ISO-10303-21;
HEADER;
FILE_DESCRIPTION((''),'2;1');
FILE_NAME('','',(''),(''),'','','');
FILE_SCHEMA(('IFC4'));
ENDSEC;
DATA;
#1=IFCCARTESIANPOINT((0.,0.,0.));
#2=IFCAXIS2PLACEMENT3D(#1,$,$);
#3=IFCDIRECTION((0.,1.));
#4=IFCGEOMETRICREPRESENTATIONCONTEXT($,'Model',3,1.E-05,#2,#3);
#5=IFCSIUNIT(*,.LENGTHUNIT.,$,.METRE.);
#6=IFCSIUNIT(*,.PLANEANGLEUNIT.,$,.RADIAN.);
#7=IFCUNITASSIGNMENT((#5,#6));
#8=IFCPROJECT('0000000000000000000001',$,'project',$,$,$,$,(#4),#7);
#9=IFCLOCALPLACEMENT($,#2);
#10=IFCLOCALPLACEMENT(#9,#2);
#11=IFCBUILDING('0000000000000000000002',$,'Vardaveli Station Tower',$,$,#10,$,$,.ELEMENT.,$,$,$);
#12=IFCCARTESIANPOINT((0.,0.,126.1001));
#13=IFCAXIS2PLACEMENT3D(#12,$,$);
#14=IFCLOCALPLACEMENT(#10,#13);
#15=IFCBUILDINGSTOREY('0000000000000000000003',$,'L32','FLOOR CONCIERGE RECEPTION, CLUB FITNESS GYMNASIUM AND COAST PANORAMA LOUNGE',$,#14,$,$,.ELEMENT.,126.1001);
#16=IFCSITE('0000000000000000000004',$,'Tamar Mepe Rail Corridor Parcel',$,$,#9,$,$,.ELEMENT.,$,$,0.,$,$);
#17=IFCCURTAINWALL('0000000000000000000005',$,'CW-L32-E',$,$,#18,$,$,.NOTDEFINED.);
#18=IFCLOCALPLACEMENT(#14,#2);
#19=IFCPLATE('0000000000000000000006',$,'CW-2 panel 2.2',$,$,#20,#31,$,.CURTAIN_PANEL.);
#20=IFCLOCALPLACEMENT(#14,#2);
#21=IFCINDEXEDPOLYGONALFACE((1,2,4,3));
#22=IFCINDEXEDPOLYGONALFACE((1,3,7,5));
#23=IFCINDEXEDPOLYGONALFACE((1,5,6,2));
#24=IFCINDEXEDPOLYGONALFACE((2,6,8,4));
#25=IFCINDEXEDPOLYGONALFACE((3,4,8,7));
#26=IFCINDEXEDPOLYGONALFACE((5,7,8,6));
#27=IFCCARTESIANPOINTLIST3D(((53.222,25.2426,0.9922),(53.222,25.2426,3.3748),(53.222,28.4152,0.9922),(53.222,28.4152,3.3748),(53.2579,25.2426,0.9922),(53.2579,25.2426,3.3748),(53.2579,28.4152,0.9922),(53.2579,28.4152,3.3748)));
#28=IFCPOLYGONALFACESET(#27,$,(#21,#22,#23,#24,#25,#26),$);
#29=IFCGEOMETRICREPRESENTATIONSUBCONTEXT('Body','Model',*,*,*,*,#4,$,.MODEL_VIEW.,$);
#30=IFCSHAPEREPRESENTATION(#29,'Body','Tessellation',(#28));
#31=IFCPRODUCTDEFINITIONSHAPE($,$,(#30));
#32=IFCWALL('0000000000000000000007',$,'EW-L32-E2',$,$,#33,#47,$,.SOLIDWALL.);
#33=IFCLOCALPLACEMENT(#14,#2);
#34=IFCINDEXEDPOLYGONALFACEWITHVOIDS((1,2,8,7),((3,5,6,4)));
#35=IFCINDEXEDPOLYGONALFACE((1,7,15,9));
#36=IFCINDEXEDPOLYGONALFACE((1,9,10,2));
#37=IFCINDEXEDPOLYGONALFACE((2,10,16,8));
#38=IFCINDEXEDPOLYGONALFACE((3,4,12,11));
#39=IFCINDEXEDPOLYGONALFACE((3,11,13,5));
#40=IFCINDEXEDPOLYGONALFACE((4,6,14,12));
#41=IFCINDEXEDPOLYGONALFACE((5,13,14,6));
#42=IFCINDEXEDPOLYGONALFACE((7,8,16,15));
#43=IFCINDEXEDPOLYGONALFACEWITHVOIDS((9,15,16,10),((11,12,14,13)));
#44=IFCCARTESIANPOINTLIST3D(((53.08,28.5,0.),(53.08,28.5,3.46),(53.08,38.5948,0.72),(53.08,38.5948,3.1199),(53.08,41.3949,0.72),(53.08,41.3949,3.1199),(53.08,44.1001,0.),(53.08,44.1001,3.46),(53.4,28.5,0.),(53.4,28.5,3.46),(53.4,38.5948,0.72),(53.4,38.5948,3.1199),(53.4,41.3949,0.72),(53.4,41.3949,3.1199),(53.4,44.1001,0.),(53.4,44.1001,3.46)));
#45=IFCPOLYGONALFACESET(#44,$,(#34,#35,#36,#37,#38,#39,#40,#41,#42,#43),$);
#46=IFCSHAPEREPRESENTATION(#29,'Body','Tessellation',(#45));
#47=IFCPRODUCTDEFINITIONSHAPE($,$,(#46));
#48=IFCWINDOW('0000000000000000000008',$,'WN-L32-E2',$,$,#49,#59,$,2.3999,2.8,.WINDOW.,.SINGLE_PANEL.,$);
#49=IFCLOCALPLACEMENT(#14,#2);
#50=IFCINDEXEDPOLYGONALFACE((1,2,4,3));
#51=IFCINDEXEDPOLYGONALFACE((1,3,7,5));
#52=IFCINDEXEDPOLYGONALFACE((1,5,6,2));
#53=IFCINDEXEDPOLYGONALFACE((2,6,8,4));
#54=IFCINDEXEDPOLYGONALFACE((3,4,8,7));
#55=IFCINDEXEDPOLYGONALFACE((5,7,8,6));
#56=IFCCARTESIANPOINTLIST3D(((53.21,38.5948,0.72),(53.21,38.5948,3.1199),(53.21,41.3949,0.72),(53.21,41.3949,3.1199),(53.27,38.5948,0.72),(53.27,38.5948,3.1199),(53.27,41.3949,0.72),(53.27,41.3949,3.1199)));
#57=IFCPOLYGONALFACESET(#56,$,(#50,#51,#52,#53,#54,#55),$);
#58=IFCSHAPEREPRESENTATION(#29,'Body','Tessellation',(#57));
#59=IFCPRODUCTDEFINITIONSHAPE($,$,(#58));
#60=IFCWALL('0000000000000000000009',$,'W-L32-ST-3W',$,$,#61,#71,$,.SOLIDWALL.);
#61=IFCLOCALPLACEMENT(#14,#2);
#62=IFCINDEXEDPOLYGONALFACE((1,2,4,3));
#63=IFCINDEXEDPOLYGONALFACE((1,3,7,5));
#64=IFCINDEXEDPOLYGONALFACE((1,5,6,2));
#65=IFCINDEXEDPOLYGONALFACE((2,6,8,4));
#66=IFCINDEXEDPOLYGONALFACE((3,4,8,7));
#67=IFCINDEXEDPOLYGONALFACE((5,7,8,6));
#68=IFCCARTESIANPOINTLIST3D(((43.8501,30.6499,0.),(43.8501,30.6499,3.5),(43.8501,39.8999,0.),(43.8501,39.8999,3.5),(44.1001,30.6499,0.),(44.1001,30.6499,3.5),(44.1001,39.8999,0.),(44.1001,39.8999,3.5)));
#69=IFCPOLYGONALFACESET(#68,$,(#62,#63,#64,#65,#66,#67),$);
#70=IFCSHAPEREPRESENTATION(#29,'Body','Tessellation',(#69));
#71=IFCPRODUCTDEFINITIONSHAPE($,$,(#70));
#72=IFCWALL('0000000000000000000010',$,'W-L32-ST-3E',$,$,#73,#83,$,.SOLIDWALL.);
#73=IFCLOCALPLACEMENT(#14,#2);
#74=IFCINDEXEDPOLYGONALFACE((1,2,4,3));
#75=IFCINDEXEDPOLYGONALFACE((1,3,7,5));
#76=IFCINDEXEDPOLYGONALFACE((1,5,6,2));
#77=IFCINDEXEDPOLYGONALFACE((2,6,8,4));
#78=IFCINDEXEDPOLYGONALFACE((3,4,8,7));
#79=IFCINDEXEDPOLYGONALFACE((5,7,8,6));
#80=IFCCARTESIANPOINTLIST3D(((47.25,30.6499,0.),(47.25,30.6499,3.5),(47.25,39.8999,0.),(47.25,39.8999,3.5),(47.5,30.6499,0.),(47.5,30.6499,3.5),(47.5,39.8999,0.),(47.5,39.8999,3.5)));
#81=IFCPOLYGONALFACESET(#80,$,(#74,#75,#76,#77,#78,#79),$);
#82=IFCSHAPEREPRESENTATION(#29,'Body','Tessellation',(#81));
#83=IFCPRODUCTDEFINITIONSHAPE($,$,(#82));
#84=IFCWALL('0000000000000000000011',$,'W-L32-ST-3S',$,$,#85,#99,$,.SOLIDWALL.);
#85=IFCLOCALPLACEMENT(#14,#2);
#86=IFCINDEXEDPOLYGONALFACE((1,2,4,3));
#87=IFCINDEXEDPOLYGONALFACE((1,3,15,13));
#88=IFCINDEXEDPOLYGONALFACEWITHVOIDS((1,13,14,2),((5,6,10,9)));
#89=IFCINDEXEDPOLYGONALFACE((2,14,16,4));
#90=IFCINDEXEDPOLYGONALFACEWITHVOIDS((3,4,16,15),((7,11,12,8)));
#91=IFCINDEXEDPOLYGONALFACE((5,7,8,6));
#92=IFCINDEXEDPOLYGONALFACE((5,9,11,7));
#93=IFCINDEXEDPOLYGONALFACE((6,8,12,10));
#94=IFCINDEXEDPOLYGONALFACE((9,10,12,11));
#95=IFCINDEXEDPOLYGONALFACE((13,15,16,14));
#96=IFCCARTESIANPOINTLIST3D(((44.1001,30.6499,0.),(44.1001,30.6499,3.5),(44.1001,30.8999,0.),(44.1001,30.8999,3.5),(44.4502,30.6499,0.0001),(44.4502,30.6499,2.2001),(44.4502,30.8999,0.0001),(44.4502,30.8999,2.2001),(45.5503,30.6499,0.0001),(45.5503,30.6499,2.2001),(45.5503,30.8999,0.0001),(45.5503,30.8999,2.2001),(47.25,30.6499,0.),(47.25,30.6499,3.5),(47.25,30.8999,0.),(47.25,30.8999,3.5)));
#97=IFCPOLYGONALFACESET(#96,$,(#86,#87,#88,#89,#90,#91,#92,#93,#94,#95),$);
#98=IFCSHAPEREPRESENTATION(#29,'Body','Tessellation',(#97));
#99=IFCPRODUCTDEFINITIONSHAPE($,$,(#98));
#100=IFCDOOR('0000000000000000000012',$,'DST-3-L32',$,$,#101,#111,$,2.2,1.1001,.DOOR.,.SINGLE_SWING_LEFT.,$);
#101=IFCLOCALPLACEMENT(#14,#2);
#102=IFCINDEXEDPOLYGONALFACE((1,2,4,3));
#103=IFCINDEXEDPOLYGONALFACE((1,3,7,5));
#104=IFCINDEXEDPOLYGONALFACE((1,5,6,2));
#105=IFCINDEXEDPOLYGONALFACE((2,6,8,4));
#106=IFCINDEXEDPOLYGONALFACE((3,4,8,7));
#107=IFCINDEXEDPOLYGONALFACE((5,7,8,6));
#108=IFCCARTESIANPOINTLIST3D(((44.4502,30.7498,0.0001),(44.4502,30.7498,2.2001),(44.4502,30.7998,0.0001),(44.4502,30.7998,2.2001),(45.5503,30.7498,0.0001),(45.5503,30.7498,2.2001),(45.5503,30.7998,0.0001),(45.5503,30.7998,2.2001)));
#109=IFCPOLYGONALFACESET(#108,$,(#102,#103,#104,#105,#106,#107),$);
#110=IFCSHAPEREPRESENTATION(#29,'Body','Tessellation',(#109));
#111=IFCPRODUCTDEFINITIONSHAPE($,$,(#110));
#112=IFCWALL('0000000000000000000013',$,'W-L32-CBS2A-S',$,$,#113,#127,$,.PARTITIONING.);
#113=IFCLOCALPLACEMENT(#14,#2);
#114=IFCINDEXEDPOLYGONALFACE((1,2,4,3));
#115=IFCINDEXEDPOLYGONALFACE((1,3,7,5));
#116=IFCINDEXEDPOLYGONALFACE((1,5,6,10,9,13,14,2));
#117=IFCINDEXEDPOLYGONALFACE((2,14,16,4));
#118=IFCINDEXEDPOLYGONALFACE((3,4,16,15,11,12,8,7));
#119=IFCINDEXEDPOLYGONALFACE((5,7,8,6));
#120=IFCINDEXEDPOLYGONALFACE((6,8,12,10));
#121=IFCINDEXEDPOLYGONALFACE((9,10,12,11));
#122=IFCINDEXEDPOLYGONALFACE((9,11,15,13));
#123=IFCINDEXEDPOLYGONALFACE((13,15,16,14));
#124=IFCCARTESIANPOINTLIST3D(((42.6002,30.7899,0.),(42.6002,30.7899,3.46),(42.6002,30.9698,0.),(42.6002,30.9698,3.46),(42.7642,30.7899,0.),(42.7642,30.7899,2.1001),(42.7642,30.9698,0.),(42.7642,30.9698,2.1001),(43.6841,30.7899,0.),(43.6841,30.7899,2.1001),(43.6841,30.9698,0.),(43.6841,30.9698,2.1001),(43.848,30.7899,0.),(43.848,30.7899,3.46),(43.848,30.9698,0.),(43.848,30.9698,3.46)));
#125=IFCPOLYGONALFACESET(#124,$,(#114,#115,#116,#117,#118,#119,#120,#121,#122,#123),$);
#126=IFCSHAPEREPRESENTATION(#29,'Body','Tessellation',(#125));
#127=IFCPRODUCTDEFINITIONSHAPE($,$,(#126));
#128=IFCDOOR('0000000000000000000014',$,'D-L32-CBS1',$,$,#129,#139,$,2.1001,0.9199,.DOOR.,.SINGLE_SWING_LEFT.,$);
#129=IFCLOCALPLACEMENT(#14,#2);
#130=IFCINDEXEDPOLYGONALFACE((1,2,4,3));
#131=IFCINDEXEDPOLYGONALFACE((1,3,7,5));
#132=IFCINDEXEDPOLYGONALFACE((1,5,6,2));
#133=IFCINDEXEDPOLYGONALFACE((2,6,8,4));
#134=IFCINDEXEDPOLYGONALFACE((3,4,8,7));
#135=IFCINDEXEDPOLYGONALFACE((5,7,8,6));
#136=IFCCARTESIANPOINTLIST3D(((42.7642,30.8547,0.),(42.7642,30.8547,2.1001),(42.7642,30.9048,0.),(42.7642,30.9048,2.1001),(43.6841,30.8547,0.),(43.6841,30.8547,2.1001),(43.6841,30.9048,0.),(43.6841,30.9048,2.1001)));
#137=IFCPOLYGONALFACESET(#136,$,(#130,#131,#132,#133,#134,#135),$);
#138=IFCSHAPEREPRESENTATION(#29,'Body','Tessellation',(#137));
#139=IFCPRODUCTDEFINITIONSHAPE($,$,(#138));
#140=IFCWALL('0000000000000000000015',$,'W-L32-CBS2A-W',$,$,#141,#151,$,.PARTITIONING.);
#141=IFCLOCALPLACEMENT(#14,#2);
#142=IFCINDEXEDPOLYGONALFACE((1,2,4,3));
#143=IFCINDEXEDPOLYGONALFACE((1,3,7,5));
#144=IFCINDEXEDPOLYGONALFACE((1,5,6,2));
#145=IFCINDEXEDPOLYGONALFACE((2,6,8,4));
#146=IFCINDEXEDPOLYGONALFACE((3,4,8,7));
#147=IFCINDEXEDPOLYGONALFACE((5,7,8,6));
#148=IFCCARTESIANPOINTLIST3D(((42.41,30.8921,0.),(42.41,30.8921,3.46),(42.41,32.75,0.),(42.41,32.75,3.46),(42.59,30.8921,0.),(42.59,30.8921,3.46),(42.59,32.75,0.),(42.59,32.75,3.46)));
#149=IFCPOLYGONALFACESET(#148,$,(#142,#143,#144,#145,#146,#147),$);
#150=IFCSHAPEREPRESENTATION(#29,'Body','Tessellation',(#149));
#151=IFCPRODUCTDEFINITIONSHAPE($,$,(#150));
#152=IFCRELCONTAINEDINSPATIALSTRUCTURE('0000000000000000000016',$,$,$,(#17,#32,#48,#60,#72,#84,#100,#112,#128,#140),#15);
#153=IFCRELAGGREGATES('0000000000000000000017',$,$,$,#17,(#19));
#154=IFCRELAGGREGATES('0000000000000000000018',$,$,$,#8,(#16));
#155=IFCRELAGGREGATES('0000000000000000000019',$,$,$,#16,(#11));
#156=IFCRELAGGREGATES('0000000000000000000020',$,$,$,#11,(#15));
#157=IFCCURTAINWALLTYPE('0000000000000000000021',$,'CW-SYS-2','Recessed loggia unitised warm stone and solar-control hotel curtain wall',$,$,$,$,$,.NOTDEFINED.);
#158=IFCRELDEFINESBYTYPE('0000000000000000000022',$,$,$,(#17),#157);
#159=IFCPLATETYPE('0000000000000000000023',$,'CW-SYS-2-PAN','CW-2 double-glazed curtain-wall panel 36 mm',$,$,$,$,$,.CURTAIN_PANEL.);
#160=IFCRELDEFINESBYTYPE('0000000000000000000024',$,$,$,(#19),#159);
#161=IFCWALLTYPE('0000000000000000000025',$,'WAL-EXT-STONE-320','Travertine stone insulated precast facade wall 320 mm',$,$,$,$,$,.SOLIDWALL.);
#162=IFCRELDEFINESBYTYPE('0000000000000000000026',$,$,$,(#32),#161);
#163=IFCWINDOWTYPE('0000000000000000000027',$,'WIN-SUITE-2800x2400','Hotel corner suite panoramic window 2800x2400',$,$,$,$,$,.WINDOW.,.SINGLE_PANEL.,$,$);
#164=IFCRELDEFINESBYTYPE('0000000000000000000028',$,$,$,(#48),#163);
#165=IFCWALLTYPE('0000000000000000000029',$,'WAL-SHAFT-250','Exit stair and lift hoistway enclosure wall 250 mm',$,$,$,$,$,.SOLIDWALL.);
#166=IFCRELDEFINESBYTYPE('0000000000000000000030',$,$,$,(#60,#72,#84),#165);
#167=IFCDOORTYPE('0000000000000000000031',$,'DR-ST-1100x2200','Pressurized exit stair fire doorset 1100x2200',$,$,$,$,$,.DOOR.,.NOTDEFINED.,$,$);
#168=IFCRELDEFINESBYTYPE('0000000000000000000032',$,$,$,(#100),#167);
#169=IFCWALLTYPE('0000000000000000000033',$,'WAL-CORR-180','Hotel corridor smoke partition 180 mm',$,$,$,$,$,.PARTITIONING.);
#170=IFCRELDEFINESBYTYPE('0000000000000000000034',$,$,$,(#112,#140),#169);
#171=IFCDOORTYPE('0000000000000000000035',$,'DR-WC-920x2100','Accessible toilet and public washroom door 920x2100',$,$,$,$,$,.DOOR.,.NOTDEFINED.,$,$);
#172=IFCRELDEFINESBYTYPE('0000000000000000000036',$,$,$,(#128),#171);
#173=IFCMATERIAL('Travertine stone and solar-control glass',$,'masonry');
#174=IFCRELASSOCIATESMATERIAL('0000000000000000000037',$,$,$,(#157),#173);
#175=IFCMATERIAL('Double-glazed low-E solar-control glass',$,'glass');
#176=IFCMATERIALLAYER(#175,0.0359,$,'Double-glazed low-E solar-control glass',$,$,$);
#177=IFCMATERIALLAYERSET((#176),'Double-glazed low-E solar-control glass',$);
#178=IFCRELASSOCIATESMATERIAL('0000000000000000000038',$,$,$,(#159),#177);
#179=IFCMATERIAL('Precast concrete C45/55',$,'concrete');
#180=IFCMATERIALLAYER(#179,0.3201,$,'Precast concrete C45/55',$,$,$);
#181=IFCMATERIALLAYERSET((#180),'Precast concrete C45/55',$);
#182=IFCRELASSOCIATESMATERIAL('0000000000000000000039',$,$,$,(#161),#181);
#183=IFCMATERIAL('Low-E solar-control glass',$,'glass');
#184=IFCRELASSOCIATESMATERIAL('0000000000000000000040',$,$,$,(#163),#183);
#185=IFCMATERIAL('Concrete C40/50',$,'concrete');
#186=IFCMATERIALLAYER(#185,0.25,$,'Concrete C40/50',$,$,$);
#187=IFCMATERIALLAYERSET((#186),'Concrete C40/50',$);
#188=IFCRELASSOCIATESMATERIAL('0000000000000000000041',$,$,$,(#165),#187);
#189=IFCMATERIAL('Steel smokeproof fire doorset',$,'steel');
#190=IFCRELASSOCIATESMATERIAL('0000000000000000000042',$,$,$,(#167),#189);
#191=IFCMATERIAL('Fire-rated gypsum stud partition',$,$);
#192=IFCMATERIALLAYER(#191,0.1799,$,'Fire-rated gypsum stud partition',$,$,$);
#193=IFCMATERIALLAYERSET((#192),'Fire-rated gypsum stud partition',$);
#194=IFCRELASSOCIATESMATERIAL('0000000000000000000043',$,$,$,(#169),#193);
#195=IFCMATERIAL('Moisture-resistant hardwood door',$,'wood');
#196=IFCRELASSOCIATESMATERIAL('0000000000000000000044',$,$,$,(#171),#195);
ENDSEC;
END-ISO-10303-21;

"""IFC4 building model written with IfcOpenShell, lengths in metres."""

from ifc_helpers import new_model, si_unit, direction, frame, frame_2d, origin, origin_2d, place, context, subcontext, project, spatial, rectangle, extrude, source, transform, mapped, material, layer, layer_set, type_object, element, fill, aggregate, save


model = new_model("IFC4")

# Units and contexts
model_context = context("Model", 3, precision=1e-05, world=origin(), true_north=direction((0.0, 1.0)))
body_context = subcontext(model_context, "Body", "Model", "MODEL_VIEW")
ifc_project = project(units=[si_unit("LENGTHUNIT", "METRE"), si_unit("PLANEANGLEUNIT", "RADIAN")], contexts=[model_context])

# Site, building, storey
site_placement = place(None, origin())
site = spatial("IfcSite", under=ifc_project, at=site_placement, Name="Tamar Mepe Rail Corridor Parcel", CompositionType="ELEMENT", RefElevation=0.0)
building_placement = place(site_placement, origin())
building = spatial("IfcBuilding", under=site, at=building_placement, Name="Vardaveli Station Tower", CompositionType="ELEMENT")
storey_placement = place(building_placement, frame((0.0, 0.0, 126.1001)))
storey = spatial("IfcBuildingStorey", under=building, at=storey_placement, Name="L32", Description="FLOOR CONCIERGE RECEPTION, CLUB FITNESS GYMNASIUM AND COAST PANORAMA LOUNGE", CompositionType="ELEMENT", Elevation=126.1001)

# Shared definitions
ifc_material_1 = material(Name="Precast concrete C45/55", Category="concrete")

# Curtain wall, plate
ifc_material_2 = material(Name="Travertine stone and solar-control glass", Category="masonry")
curtain_wall_type = type_object("IfcCurtainWallType", Name="CW-SYS-2", Description="Recessed loggia unitised warm stone and solar-control hotel curtain wall", PredefinedType="NOTDEFINED", material=ifc_material_2)
curtain_wall_placement = place(storey_placement, origin())
curtain_wall = element("IfcCurtainWall", 1, at=curtain_wall_placement, inside=storey, type_object=curtain_wall_type, Name="CW-L32-E", PredefinedType="NOTDEFINED")
ifc_material_3 = material(Name="Double-glazed low-E solar-control glass", Category="glass")
ifc_layer_1 = layer(ifc_material_3, 0.0359, Name="Double-glazed low-E solar-control glass")
ifc_layer_set_1 = layer_set([ifc_layer_1], Name="Double-glazed low-E solar-control glass")
plate_type = type_object("IfcPlateType", Name="CW-SYS-2-PAN", Description="CW-2 double-glazed curtain-wall panel 36 mm", PredefinedType="CURTAIN_PANEL", material=ifc_layer_set_1)
shared_shape_1 = source(origin(), body_context, "Body", "SweptSolid", [
    extrude(rectangle(XDim=3.1726, YDim=0.0359, at=origin_2d()), origin(), (0.0, 0.0, 1.0), 2.3826),
])
plate_placement = place(storey_placement, frame((53.24, 26.8289, 0.9922), z_axis=(0.0, 0.0, 1.0), x_axis=(0.0, 1.0, 0.0)))
plate = element("IfcPlate", 2, at=plate_placement, type_object=plate_type, Name="CW-2 panel 2.2", PredefinedType="CURTAIN_PANEL", context=body_context, shape_type="MappedRepresentation", body=[
    mapped(shared_shape_1, transform((0.0, 0.0, 0.0), scale=1.0)),
])
aggregate(curtain_wall, [plate])

# Wall, opening, window
ifc_layer_2 = layer(ifc_material_1, 0.3201, Name="Precast concrete C45/55")
ifc_layer_set_2 = layer_set([ifc_layer_2], Name="Precast concrete C45/55")
wall_type_1 = type_object("IfcWallType", Name="WAL-EXT-STONE-320", Description="Travertine stone insulated precast facade wall 320 mm", PredefinedType="SOLIDWALL", material=ifc_layer_set_2)
shared_shape_2 = source(origin(), body_context, "Body", "SweptSolid", [
    extrude(rectangle(XDim=15.6001, YDim=0.3201, at=frame_2d((7.8, 0.0))), origin(), (0.0, 0.0, 1.0), 3.46),
])
wall_1_placement = place(storey_placement, frame((53.24, 28.5, 0.0), z_axis=(0.0, 0.0, 1.0), x_axis=(0.0, 1.0, 0.0)))
wall_1 = element("IfcWall", 3, at=wall_1_placement, inside=storey, type_object=wall_type_1, Name="EW-L32-E2", PredefinedType="SOLIDWALL", context=body_context, shape_type="MappedRepresentation", body=[
    mapped(shared_shape_2, transform((0.0, 0.0, 0.0), scale=1.0)),
])
shared_shape_3 = source(origin(), body_context, "Body", "SweptSolid", [
    extrude(rectangle(XDim=2.8, YDim=2.3999, at=frame_2d((1.3999, 1.2))), frame((0.0, 0.1699, 0.0), z_axis=(0.0, -1.0, 0.0), x_axis=(1.0, 0.0, 0.0)), (0.0, 0.0, 1.0), 0.3401),
])
opening_1_placement = place(wall_1_placement, frame((10.095, 0.0, 0.72)))
opening_1 = element("IfcOpeningElement", 4, at=opening_1_placement, cuts=wall_1, PredefinedType="OPENING", context=body_context, shape_type="MappedRepresentation", body=[
    mapped(shared_shape_3, transform((0.0, 0.0, 0.0), scale=1.0)),
])
ifc_material_4 = material(Name="Low-E solar-control glass", Category="glass")
window_type = type_object("IfcWindowType", Name="WIN-SUITE-2800x2400", Description="Hotel corner suite panoramic window 2800x2400", PartitioningType="SINGLE_PANEL", PredefinedType="WINDOW", material=ifc_material_4)
shared_shape_4 = source(origin(), body_context, "Body", "SweptSolid", [
    extrude(rectangle(XDim=2.8, YDim=2.3999, at=frame_2d((1.3999, 1.2))), frame((0.0, 0.03, 0.0), z_axis=(0.0, -1.0, 0.0), x_axis=(1.0, 0.0, 0.0)), (0.0, 0.0, 1.0), 0.0601),
])
window_placement = place(opening_1_placement, origin())
window = element("IfcWindow", 5, at=window_placement, inside=storey, type_object=window_type, Name="WN-L32-E2", OverallHeight=2.3999, OverallWidth=2.8, PartitioningType="SINGLE_PANEL", PredefinedType="WINDOW", context=body_context, shape_type="MappedRepresentation", body=[
    mapped(shared_shape_4, transform((0.0, 0.0, 0.0), scale=1.0)),
])
fill(opening_1, window)

# Walls
ifc_material_5 = material(Name="Concrete C40/50", Category="concrete")
ifc_layer_3 = layer(ifc_material_5, 0.25, Name="Concrete C40/50")
ifc_layer_set_3 = layer_set([ifc_layer_3], Name="Concrete C40/50")
wall_type_2 = type_object("IfcWallType", Name="WAL-SHAFT-250", Description="Exit stair and lift hoistway enclosure wall 250 mm", PredefinedType="SOLIDWALL", material=ifc_layer_set_3)
shared_shape_5 = source(origin(), body_context, "Body", "SweptSolid", [
    extrude(rectangle(XDim=9.25, YDim=0.25, at=frame_2d((4.625, 0.0))), origin(), (0.0, 0.0, 1.0), 3.5),
])
for number, where, z_axis, x_axis, name in (
    (6, (43.9751, 30.6499, 0.0), (0.0, 0.0, 1.0), (0.0, 1.0, 0.0), "W-L32-ST-3W"),
    (7, (47.375, 30.6499, 0.0), (0.0, 0.0, 1.0), (0.0, 1.0, 0.0), "W-L32-ST-3E"),
):
    element("IfcWall", number, at=place(storey_placement, frame(where, z_axis=z_axis, x_axis=x_axis)), inside=storey, type_object=wall_type_2, Name=name, PredefinedType="SOLIDWALL", context=body_context, shape_type="MappedRepresentation", body=[
        mapped(shared_shape_5, transform((0.0, 0.0, 0.0), scale=1.0)),
    ])

# Walls, openings, doors
shared_shape_6 = source(origin(), body_context, "Body", "SweptSolid", [
    extrude(rectangle(XDim=3.1499, YDim=0.25, at=frame_2d((1.575, 0.0))), origin(), (0.0, 0.0, 1.0), 3.5),
])
wall_2_placement = place(storey_placement, frame((44.1001, 30.7749, 0.0), z_axis=(0.0, 0.0, 1.0), x_axis=(1.0, 0.0, 0.0)))
wall_2 = element("IfcWall", 8, at=wall_2_placement, inside=storey, type_object=wall_type_2, Name="W-L32-ST-3S", PredefinedType="SOLIDWALL", context=body_context, shape_type="MappedRepresentation", body=[
    mapped(shared_shape_6, transform((0.0, 0.0, 0.0), scale=1.0)),
])
shared_shape_7 = source(origin(), body_context, "Body", "SweptSolid", [
    extrude(rectangle(XDim=1.1001, YDim=2.2, at=frame_2d((0.55, 1.1001))), frame((0.0, 0.135, 0.0), z_axis=(0.0, -1.0, 0.0), x_axis=(1.0, 0.0, 0.0)), (0.0, 0.0, 1.0), 0.27),
])
opening_2_placement = place(wall_2_placement, frame((0.3501, 0.0, 0.0)))
opening_2 = element("IfcOpeningElement", 9, at=opening_2_placement, cuts=wall_2, PredefinedType="OPENING", context=body_context, shape_type="MappedRepresentation", body=[
    mapped(shared_shape_7, transform((0.0, 0.0, 0.0), scale=1.0)),
])
ifc_material_6 = material(Name="Steel smokeproof fire doorset", Category="steel")
door_type_1 = type_object("IfcDoorType", Name="DR-ST-1100x2200", Description="Pressurized exit stair fire doorset 1100x2200", OperationType="NOTDEFINED", PredefinedType="DOOR", material=ifc_material_6)
shared_shape_8 = source(origin(), body_context, "Body", "SweptSolid", [
    extrude(rectangle(XDim=1.1001, YDim=2.2, at=frame_2d((0.55, 1.1001))), frame((0.0, 0.0249, 0.0), z_axis=(0.0, -1.0, 0.0), x_axis=(1.0, 0.0, 0.0)), (0.0, 0.0, 1.0), 0.05),
])
door_1_placement = place(opening_2_placement, origin())
door_1 = element("IfcDoor", 10, at=door_1_placement, inside=storey, type_object=door_type_1, Name="DST-3-L32", OperationType="SINGLE_SWING_LEFT", OverallHeight=2.2, OverallWidth=1.1001, PredefinedType="DOOR", context=body_context, shape_type="MappedRepresentation", body=[
    mapped(shared_shape_8, transform((0.0, 0.0, 0.0), scale=1.0)),
])
fill(opening_2, door_1)
ifc_material_7 = material(Name="Fire-rated gypsum stud partition")
ifc_layer_4 = layer(ifc_material_7, 0.1799, Name="Fire-rated gypsum stud partition")
ifc_layer_set_4 = layer_set([ifc_layer_4], Name="Fire-rated gypsum stud partition")
wall_type_3 = type_object("IfcWallType", Name="WAL-CORR-180", Description="Hotel corridor smoke partition 180 mm", PredefinedType="PARTITIONING", material=ifc_layer_set_4)
shared_shape_9 = source(origin(), body_context, "Body", "SweptSolid", [
    extrude(rectangle(XDim=1.2478, YDim=0.1799, at=frame_2d((0.624, 0.0))), origin(), (0.0, 0.0, 1.0), 3.46),
])
wall_3_placement = place(storey_placement, frame((42.6001, 30.8799, 0.0), z_axis=(0.0, 0.0, 1.0), x_axis=(1.0, 0.0, 0.0)))
wall_3 = element("IfcWall", 11, at=wall_3_placement, inside=storey, type_object=wall_type_3, Name="W-L32-CBS2A-S", PredefinedType="PARTITIONING", context=body_context, shape_type="MappedRepresentation", body=[
    mapped(shared_shape_9, transform((0.0, 0.0, 0.0), scale=1.0)),
])
shared_shape_10 = source(origin(), body_context, "Body", "SweptSolid", [
    extrude(rectangle(XDim=0.9199, YDim=2.1001, at=frame_2d((0.46, 1.05))), frame((0.0, 0.1001, 0.0), z_axis=(0.0, -1.0, 0.0), x_axis=(1.0, 0.0, 0.0)), (0.0, 0.0, 1.0), 0.2),
])
opening_3_placement = place(wall_3_placement, frame((0.1641, 0.0, 0.0)))
opening_3 = element("IfcOpeningElement", 12, at=opening_3_placement, cuts=wall_3, PredefinedType="OPENING", context=body_context, shape_type="MappedRepresentation", body=[
    mapped(shared_shape_10, transform((0.0, 0.0, 0.0), scale=1.0)),
])
ifc_material_8 = material(Name="Moisture-resistant hardwood door", Category="wood")
door_type_2 = type_object("IfcDoorType", Name="DR-WC-920x2100", Description="Accessible toilet and public washroom door 920x2100", OperationType="NOTDEFINED", PredefinedType="DOOR", material=ifc_material_8)
shared_shape_11 = source(origin(), body_context, "Body", "SweptSolid", [
    extrude(rectangle(XDim=0.9199, YDim=2.1001, at=frame_2d((0.46, 1.05))), frame((0.0, 0.0249, 0.0), z_axis=(0.0, -1.0, 0.0), x_axis=(1.0, 0.0, 0.0)), (0.0, 0.0, 1.0), 0.05),
])
door_2_placement = place(opening_3_placement, origin())
door_2 = element("IfcDoor", 13, at=door_2_placement, inside=storey, type_object=door_type_2, Name="D-L32-CBS1", OperationType="SINGLE_SWING_LEFT", OverallHeight=2.1001, OverallWidth=0.9199, PredefinedType="DOOR", context=body_context, shape_type="MappedRepresentation", body=[
    mapped(shared_shape_11, transform((0.0, 0.0, 0.0), scale=1.0)),
])
fill(opening_3, door_2)

# Wall
shared_shape_12 = source(origin(), body_context, "Body", "SweptSolid", [
    extrude(rectangle(XDim=1.8579, YDim=0.1799, at=frame_2d((0.929, 0.0))), origin(), (0.0, 0.0, 1.0), 3.46),
])
wall_4_placement = place(storey_placement, frame((42.5, 30.8921, 0.0), z_axis=(0.0, 0.0, 1.0), x_axis=(0.0, 1.0, 0.0)))
element("IfcWall", 14, at=wall_4_placement, inside=storey, type_object=wall_type_3, Name="W-L32-CBS2A-W", PredefinedType="PARTITIONING", context=body_context, shape_type="MappedRepresentation", body=[
    mapped(shared_shape_12, transform((0.0, 0.0, 0.0), scale=1.0)),
])

save(model, "model.ifc")
